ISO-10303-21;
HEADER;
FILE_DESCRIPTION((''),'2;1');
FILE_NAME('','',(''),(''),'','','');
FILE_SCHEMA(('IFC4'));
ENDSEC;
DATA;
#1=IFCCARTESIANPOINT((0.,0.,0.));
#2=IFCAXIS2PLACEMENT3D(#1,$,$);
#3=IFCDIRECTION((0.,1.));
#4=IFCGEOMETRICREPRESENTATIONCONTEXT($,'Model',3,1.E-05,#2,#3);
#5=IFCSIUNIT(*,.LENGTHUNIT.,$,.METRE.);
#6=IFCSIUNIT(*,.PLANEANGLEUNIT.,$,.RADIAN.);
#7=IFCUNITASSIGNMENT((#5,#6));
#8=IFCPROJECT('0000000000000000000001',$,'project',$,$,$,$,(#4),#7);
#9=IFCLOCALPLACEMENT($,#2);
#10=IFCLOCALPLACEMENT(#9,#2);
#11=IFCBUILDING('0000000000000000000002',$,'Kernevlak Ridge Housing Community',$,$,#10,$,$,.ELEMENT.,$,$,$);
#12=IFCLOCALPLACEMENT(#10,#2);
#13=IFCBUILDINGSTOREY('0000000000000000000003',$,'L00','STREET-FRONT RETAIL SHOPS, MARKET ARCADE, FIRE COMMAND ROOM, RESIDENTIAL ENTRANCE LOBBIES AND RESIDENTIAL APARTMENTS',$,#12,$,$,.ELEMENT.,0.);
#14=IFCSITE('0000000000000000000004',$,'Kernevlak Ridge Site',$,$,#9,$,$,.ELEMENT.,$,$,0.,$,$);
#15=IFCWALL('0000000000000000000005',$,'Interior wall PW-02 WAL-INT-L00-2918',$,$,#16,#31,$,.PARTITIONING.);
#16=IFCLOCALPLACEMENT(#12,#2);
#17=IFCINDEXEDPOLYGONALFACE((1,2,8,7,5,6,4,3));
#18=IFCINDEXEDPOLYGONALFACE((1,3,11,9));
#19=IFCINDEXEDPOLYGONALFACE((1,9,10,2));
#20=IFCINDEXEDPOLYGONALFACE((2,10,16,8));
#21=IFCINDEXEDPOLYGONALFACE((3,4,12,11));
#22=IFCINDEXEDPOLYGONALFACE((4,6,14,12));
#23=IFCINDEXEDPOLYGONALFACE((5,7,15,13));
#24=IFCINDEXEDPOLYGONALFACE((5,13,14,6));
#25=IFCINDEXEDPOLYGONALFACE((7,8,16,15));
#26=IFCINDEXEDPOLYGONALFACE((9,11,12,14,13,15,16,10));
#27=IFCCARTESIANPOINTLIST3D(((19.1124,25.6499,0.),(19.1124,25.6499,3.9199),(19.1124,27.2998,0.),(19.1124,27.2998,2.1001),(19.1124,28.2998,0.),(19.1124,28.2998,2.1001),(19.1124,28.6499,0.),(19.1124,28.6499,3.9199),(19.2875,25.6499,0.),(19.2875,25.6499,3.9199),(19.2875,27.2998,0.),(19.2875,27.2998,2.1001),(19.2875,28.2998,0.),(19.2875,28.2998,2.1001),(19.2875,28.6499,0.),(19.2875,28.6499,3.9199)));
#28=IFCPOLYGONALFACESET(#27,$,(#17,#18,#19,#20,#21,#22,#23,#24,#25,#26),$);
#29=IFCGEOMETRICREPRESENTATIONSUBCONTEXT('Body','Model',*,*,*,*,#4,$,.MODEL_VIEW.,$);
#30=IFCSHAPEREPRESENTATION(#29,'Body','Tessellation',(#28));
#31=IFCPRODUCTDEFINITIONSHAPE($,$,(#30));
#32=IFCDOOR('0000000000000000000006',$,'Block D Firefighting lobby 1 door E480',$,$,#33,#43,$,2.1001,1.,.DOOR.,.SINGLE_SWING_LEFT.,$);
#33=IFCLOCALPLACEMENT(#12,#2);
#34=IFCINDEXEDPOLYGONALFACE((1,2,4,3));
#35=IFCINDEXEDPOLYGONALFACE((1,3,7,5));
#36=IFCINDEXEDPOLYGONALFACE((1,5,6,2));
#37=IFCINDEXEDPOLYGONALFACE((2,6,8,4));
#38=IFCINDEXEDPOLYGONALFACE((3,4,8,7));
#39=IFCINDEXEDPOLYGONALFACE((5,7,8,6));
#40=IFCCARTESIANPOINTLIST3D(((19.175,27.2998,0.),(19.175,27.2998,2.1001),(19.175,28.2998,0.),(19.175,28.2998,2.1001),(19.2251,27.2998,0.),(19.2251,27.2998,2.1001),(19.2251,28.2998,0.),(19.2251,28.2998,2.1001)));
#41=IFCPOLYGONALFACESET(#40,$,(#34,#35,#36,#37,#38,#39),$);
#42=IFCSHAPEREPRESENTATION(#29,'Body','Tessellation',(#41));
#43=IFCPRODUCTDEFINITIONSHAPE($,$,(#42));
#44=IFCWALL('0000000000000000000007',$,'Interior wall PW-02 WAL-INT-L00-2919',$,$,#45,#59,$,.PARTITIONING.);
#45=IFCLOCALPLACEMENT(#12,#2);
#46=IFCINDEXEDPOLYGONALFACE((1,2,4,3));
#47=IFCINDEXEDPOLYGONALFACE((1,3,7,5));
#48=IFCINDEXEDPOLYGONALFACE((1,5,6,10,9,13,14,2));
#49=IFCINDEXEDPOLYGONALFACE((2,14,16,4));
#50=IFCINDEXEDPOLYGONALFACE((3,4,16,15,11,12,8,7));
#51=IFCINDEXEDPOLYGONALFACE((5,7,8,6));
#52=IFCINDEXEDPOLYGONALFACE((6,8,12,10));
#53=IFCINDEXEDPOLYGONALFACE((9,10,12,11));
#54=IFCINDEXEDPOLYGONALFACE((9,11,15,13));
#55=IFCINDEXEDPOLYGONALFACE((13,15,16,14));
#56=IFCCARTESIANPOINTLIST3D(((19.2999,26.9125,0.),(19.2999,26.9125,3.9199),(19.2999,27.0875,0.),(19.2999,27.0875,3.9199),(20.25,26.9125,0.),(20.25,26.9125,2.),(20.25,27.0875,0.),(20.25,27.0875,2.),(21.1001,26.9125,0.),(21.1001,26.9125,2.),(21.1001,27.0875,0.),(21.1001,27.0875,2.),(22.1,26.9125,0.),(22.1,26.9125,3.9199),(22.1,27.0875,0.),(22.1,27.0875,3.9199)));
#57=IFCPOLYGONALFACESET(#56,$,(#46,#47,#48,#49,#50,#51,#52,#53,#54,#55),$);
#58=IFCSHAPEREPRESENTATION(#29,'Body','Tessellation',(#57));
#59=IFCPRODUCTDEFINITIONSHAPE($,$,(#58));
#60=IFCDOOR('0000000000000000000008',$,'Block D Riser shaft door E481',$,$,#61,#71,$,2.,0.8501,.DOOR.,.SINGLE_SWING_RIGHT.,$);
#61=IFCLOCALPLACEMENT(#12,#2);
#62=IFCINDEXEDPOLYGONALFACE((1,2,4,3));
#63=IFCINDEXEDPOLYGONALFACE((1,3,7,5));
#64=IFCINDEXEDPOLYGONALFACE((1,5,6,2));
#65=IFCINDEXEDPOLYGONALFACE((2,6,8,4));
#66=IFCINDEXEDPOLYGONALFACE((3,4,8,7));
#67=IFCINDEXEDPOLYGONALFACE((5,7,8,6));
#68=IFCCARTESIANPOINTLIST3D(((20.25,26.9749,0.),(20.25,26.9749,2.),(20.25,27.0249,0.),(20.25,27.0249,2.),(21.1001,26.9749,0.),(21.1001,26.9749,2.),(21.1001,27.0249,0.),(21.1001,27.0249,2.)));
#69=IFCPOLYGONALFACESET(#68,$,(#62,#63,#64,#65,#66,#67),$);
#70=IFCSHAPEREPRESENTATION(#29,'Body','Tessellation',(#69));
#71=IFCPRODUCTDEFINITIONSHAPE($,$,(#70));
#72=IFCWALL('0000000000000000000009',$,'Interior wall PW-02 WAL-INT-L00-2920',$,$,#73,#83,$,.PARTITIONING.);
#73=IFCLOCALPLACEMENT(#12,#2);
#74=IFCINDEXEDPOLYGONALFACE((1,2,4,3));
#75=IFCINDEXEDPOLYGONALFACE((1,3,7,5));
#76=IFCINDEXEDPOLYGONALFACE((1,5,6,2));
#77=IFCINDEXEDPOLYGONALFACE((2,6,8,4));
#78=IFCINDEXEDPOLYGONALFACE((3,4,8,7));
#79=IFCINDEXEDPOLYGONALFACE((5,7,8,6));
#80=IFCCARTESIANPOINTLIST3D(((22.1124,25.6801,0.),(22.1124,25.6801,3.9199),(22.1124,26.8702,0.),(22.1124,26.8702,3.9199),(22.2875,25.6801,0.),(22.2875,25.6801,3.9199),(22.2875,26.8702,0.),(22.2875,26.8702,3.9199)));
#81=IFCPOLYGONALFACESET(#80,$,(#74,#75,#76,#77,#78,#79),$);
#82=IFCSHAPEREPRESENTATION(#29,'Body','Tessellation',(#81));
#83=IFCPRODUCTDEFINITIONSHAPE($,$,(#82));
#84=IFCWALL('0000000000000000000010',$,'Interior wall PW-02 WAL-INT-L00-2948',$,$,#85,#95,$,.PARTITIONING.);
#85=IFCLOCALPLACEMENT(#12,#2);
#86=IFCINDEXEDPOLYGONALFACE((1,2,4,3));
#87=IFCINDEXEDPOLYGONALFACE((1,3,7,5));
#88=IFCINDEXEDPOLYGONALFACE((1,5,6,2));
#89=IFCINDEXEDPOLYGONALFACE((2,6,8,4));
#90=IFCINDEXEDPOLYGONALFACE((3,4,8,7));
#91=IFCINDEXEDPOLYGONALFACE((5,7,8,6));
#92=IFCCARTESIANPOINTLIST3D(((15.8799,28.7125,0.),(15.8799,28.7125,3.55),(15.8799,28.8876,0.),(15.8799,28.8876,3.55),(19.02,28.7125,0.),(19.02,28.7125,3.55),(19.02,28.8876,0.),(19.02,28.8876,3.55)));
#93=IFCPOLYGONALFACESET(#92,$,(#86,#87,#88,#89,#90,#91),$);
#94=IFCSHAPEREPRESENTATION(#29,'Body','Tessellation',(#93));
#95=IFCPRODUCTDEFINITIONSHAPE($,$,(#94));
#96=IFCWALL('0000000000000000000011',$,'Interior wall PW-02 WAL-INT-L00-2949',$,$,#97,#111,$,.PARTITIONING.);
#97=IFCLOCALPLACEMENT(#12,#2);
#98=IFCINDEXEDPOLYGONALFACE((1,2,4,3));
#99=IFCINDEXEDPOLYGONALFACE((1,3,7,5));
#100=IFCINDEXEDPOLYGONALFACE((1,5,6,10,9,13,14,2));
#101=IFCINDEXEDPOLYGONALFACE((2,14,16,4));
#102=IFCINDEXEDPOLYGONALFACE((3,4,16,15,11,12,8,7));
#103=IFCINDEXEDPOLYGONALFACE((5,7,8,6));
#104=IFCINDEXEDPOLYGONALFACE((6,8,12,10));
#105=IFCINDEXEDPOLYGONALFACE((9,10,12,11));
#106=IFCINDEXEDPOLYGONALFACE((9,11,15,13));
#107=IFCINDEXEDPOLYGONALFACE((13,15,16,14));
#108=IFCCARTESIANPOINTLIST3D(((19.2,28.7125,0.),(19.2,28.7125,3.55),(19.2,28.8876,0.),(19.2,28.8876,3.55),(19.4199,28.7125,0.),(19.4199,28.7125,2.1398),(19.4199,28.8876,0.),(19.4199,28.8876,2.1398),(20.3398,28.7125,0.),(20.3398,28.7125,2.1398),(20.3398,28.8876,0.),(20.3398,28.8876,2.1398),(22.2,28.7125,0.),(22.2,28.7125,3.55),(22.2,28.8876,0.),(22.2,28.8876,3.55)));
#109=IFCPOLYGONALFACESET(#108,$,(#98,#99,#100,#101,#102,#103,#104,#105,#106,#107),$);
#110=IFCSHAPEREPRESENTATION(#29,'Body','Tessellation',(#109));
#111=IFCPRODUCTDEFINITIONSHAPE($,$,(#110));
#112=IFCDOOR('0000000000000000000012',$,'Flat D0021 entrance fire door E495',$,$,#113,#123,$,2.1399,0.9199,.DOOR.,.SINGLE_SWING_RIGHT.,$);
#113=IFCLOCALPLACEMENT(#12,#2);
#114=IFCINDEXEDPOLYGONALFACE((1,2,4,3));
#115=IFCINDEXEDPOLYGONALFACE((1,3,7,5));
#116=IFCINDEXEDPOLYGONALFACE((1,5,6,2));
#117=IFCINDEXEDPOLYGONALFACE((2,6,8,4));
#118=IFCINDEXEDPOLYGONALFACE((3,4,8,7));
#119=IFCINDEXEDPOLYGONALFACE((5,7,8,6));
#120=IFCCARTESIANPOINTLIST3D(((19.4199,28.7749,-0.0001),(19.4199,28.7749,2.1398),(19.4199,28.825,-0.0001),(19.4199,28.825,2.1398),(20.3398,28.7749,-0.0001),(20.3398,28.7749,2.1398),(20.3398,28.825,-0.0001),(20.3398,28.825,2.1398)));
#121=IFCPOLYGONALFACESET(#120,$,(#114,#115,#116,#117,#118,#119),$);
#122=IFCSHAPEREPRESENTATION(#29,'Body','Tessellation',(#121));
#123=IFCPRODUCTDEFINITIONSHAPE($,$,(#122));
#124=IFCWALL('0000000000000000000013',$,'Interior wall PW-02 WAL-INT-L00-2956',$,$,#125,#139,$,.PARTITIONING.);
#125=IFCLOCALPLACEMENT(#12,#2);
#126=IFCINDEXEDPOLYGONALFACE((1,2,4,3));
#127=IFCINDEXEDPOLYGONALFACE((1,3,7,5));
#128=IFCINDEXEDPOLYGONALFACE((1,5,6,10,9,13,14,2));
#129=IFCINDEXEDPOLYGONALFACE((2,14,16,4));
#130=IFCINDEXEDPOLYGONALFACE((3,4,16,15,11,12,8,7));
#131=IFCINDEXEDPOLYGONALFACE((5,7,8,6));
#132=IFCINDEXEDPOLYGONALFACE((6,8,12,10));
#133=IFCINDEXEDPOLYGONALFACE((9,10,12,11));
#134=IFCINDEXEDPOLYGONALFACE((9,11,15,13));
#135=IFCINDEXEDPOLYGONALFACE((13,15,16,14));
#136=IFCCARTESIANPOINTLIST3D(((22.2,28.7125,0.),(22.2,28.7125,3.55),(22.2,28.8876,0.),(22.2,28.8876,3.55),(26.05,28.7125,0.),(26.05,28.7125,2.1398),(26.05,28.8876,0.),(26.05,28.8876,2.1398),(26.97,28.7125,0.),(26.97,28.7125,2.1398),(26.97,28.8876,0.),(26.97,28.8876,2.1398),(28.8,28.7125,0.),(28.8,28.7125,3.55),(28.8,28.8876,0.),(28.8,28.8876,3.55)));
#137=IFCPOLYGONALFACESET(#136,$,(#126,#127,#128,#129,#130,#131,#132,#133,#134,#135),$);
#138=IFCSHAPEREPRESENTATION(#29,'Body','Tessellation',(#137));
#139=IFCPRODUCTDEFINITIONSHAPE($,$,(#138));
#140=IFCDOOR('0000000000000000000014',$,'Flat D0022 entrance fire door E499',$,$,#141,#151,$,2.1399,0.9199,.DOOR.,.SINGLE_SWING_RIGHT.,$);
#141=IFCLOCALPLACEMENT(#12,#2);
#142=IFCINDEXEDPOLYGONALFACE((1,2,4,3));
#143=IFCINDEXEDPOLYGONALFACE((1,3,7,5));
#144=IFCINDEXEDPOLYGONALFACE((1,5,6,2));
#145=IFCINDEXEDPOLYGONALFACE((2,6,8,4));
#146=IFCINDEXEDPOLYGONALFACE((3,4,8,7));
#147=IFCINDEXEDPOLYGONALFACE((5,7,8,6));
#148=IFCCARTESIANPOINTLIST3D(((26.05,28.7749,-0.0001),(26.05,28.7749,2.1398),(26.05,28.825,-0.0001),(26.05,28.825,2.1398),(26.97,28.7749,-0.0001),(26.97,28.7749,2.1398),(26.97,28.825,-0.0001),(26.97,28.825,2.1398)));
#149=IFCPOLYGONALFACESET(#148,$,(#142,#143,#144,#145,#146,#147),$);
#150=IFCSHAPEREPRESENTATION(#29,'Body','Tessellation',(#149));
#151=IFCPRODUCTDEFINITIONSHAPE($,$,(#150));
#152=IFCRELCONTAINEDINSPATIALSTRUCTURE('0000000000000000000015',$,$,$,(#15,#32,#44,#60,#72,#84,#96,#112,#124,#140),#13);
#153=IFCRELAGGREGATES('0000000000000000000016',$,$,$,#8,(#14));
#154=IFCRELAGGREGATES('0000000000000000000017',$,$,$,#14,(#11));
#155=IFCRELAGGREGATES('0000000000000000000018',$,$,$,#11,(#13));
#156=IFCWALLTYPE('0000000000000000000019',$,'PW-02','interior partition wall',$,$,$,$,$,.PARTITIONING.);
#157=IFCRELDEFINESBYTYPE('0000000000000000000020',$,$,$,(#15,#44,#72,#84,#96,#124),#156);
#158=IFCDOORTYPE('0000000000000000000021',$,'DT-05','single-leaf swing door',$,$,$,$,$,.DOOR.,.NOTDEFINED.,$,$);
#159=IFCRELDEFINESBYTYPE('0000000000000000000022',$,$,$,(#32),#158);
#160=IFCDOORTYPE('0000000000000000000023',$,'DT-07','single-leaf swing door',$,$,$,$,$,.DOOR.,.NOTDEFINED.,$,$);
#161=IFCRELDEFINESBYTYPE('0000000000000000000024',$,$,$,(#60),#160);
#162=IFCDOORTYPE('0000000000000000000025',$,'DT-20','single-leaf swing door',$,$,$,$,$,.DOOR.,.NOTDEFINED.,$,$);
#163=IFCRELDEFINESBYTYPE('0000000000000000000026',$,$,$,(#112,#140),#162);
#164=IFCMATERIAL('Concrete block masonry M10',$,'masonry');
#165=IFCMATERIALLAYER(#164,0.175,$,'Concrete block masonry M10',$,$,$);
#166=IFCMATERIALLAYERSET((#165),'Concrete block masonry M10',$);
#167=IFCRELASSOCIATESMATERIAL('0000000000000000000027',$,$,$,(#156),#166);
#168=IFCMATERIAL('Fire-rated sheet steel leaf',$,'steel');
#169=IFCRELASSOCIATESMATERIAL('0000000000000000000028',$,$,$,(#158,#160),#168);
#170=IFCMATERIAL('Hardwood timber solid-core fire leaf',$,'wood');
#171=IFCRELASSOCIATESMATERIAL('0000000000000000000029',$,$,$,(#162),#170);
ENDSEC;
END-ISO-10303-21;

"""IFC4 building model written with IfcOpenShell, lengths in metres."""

from ifc_helpers import new_model, si_unit, direction, frame, frame_2d, origin, place, context, subcontext, project, spatial, rectangle, extrude, material, layer, layer_set, type_object, element, fill, save


model = new_model("IFC4")

# Units and contexts
model_context = context("Model", 3, precision=1e-05, world=origin(), true_north=direction((0.0, 1.0)))
body_context = subcontext(model_context, "Body", "Model", "MODEL_VIEW")
ifc_project = project(units=[si_unit("LENGTHUNIT", "METRE"), si_unit("PLANEANGLEUNIT", "RADIAN")], contexts=[model_context])

# Site, building, storey
site_placement = place(None, origin())
site = spatial("IfcSite", under=ifc_project, at=site_placement, Name="Kernevlak Ridge Site", CompositionType="ELEMENT", RefElevation=0.0)
building_placement = place(site_placement, origin())
building = spatial("IfcBuilding", under=site, at=building_placement, Name="Kernevlak Ridge Housing Community", CompositionType="ELEMENT")
storey_placement = place(building_placement, origin())
storey = spatial("IfcBuildingStorey", under=building, at=storey_placement, Name="L00", Description="STREET-FRONT RETAIL SHOPS, MARKET ARCADE, FIRE COMMAND ROOM, RESIDENTIAL ENTRANCE LOBBIES AND RESIDENTIAL APARTMENTS", CompositionType="ELEMENT", Elevation=0.0)

# Shared definitions
ifc_material_1 = material(Name="Concrete block masonry M10", Category="masonry")

# Walls, openings, doors
ifc_layer_1 = layer(ifc_material_1, 0.175, Name="Concrete block masonry M10")
ifc_layer_set_1 = layer_set([ifc_layer_1], Name="Concrete block masonry M10")
wall_type_1 = type_object("IfcWallType", Name="PW-02", Description="interior partition wall", PredefinedType="PARTITIONING", material=ifc_layer_set_1)
wall_1_placement = place(storey_placement, frame((19.2, 25.6499, 0.0), z_axis=(0.0, 0.0, 1.0), x_axis=(0.0, 1.0, 0.0)))
wall_1 = element("IfcWall", 1, at=wall_1_placement, inside=storey, type_object=wall_type_1, Name="Interior wall PW-02 WAL-INT-L00-2918", PredefinedType="PARTITIONING", context=body_context, shape_type="SweptSolid", body=[
    extrude(rectangle(XDim=3.0, YDim=0.175, at=frame_2d((1.5, 0.0))), origin(), (0.0, 0.0, 1.0), 3.9199),
])
opening_1_placement = place(wall_1_placement, frame((1.6499, 0.0, 0.0)))
opening_1 = element("IfcOpeningElement", 2, at=opening_1_placement, cuts=wall_1, PredefinedType="OPENING", context=body_context, shape_type="SweptSolid", body=[
    extrude(rectangle(XDim=1.0, YDim=2.1001, at=frame_2d((0.5, 1.05))), frame((0.0, 0.0974, 0.0), z_axis=(0.0, -1.0, 0.0), x_axis=(1.0, 0.0, 0.0)), (0.0, 0.0, 1.0), 0.1951),
])
ifc_material_2 = material(Name="Fire-rated sheet steel leaf", Category="steel")
door_type_1 = type_object("IfcDoorType", Name="DT-05", Description="single-leaf swing door", OperationType="NOTDEFINED", PredefinedType="DOOR", material=ifc_material_2)
door_1_placement = place(opening_1_placement, origin())
door_1 = element("IfcDoor", 3, at=door_1_placement, inside=storey, type_object=door_type_1, Name="Block D Firefighting lobby 1 door E480", OperationType="SINGLE_SWING_LEFT", OverallHeight=2.1001, OverallWidth=1.0, PredefinedType="DOOR", context=body_context, shape_type="SweptSolid", body=[
    extrude(rectangle(XDim=1.0, YDim=2.1001, at=frame_2d((0.5, 1.05))), frame((0.0, 0.0249, 0.0), z_axis=(0.0, -1.0, 0.0), x_axis=(1.0, 0.0, 0.0)), (0.0, 0.0, 1.0), 0.05),
])
fill(opening_1, door_1)
wall_2_placement = place(storey_placement, frame((19.3, 27.0, 0.0), z_axis=(0.0, 0.0, 1.0), x_axis=(1.0, 0.0, 0.0)))
wall_2 = element("IfcWall", 4, at=wall_2_placement, inside=storey, type_object=wall_type_1, Name="Interior wall PW-02 WAL-INT-L00-2919", PredefinedType="PARTITIONING", context=body_context, shape_type="SweptSolid", body=[
    extrude(rectangle(XDim=2.8, YDim=0.175, at=frame_2d((1.3999, 0.0))), origin(), (0.0, 0.0, 1.0), 3.9199),
])
opening_2_placement = place(wall_2_placement, frame((0.95, 0.0, 0.0)))
opening_2 = element("IfcOpeningElement", 5, at=opening_2_placement, cuts=wall_2, PredefinedType="OPENING", context=body_context, shape_type="SweptSolid", body=[
    extrude(rectangle(XDim=0.8501, YDim=2.0, at=frame_2d((0.425, 1.0))), frame((0.0, 0.0974, 0.0), z_axis=(0.0, -1.0, 0.0), x_axis=(1.0, 0.0, 0.0)), (0.0, 0.0, 1.0), 0.1951),
])
door_type_2 = type_object("IfcDoorType", Name="DT-07", Description="single-leaf swing door", OperationType="NOTDEFINED", PredefinedType="DOOR", material=ifc_material_2)
door_2_placement = place(opening_2_placement, origin())
door_2 = element("IfcDoor", 6, at=door_2_placement, inside=storey, type_object=door_type_2, Name="Block D Riser shaft door E481", OperationType="SINGLE_SWING_RIGHT", OverallHeight=2.0, OverallWidth=0.8501, PredefinedType="DOOR", context=body_context, shape_type="SweptSolid", body=[
    extrude(rectangle(XDim=0.8501, YDim=2.0, at=frame_2d((0.425, 1.0))), frame((0.0, 0.0249, 0.0), z_axis=(0.0, -1.0, 0.0), x_axis=(1.0, 0.0, 0.0)), (0.0, 0.0, 1.0), 0.05),
])
fill(opening_2, door_2)

# Walls
wall_3_placement = place(storey_placement, frame((22.2, 25.6799, 0.0), z_axis=(0.0, 0.0, 1.0), x_axis=(0.0, 1.0, 0.0)))
element("IfcWall", 7, at=wall_3_placement, inside=storey, type_object=wall_type_1, Name="Interior wall PW-02 WAL-INT-L00-2920", PredefinedType="PARTITIONING", context=body_context, shape_type="SweptSolid", body=[
    extrude(rectangle(XDim=1.1902, YDim=0.175, at=frame_2d((0.5952, 0.0))), origin(), (0.0, 0.0, 1.0), 3.9199),
])
wall_4_placement = place(storey_placement, frame((15.8799, 28.8, 0.0), z_axis=(0.0, 0.0, 1.0), x_axis=(1.0, 0.0, 0.0)))
element("IfcWall", 8, at=wall_4_placement, inside=storey, type_object=wall_type_1, Name="Interior wall PW-02 WAL-INT-L00-2948", PredefinedType="PARTITIONING", context=body_context, shape_type="SweptSolid", body=[
    extrude(rectangle(XDim=3.1401, YDim=0.175, at=frame_2d((1.5701, 0.0))), origin(), (0.0, 0.0, 1.0), 3.55),
])

# Walls, openings, doors
wall_5_placement = place(storey_placement, frame((19.2, 28.8, 0.0), z_axis=(0.0, 0.0, 1.0), x_axis=(1.0, 0.0, 0.0)))
wall_5 = element("IfcWall", 9, at=wall_5_placement, inside=storey, type_object=wall_type_1, Name="Interior wall PW-02 WAL-INT-L00-2949", PredefinedType="PARTITIONING", context=body_context, shape_type="SweptSolid", body=[
    extrude(rectangle(XDim=3.0, YDim=0.175, at=frame_2d((1.5, 0.0))), origin(), (0.0, 0.0, 1.0), 3.55),
])
opening_3_placement = place(wall_5_placement, frame((0.22, 0.0, 0.0)))
opening_3 = element("IfcOpeningElement", 10, at=opening_3_placement, cuts=wall_5, PredefinedType="OPENING", context=body_context, shape_type="SweptSolid", body=[
    extrude(rectangle(XDim=0.9199, YDim=2.1399, at=frame_2d((0.46, 1.0698))), frame((0.0, 0.0974, 0.0), z_axis=(0.0, -1.0, 0.0), x_axis=(1.0, 0.0, 0.0)), (0.0, 0.0, 1.0), 0.1951),
])
ifc_material_3 = material(Name="Hardwood timber solid-core fire leaf", Category="wood")
door_type_3 = type_object("IfcDoorType", Name="DT-20", Description="single-leaf swing door", OperationType="NOTDEFINED", PredefinedType="DOOR", material=ifc_material_3)
door_3_placement = place(opening_3_placement, origin())
door_3 = element("IfcDoor", 11, at=door_3_placement, inside=storey, type_object=door_type_3, Name="Flat D0021 entrance fire door E495", OperationType="SINGLE_SWING_RIGHT", OverallHeight=2.1399, OverallWidth=0.9199, PredefinedType="DOOR", context=body_context, shape_type="SweptSolid", body=[
    extrude(rectangle(XDim=0.9199, YDim=2.1399, at=frame_2d((0.46, 1.0698))), frame((0.0, 0.0249, 0.0), z_axis=(0.0, -1.0, 0.0), x_axis=(1.0, 0.0, 0.0)), (0.0, 0.0, 1.0), 0.05),
])
fill(opening_3, door_3)
wall_6_placement = place(storey_placement, frame((22.2, 28.8, 0.0), z_axis=(0.0, 0.0, 1.0), x_axis=(1.0, 0.0, 0.0)))
wall_6 = element("IfcWall", 12, at=wall_6_placement, inside=storey, type_object=wall_type_1, Name="Interior wall PW-02 WAL-INT-L00-2956", PredefinedType="PARTITIONING", context=body_context, shape_type="SweptSolid", body=[
    extrude(rectangle(XDim=6.6001, YDim=0.175, at=frame_2d((3.3, 0.0))), origin(), (0.0, 0.0, 1.0), 3.55),
])
opening_4_placement = place(wall_6_placement, frame((3.8501, 0.0, 0.0)))
opening_4 = element("IfcOpeningElement", 13, at=opening_4_placement, cuts=wall_6, PredefinedType="OPENING", context=body_context, shape_type="SweptSolid", body=[
    extrude(rectangle(XDim=0.9199, YDim=2.1399, at=frame_2d((0.46, 1.0698))), frame((0.0, 0.0974, 0.0), z_axis=(0.0, -1.0, 0.0), x_axis=(1.0, 0.0, 0.0)), (0.0, 0.0, 1.0), 0.1951),
])
door_4_placement = place(opening_4_placement, origin())
door_4 = element("IfcDoor", 14, at=door_4_placement, inside=storey, type_object=door_type_3, Name="Flat D0022 entrance fire door E499", OperationType="SINGLE_SWING_RIGHT", OverallHeight=2.1399, OverallWidth=0.9199, PredefinedType="DOOR", context=body_context, shape_type="SweptSolid", body=[
    extrude(rectangle(XDim=0.9199, YDim=2.1399, at=frame_2d((0.46, 1.0698))), frame((0.0, 0.0249, 0.0), z_axis=(0.0, -1.0, 0.0), x_axis=(1.0, 0.0, 0.0)), (0.0, 0.0, 1.0), 0.05),
])
fill(opening_4, door_4)

save(model, "model.ifc")
